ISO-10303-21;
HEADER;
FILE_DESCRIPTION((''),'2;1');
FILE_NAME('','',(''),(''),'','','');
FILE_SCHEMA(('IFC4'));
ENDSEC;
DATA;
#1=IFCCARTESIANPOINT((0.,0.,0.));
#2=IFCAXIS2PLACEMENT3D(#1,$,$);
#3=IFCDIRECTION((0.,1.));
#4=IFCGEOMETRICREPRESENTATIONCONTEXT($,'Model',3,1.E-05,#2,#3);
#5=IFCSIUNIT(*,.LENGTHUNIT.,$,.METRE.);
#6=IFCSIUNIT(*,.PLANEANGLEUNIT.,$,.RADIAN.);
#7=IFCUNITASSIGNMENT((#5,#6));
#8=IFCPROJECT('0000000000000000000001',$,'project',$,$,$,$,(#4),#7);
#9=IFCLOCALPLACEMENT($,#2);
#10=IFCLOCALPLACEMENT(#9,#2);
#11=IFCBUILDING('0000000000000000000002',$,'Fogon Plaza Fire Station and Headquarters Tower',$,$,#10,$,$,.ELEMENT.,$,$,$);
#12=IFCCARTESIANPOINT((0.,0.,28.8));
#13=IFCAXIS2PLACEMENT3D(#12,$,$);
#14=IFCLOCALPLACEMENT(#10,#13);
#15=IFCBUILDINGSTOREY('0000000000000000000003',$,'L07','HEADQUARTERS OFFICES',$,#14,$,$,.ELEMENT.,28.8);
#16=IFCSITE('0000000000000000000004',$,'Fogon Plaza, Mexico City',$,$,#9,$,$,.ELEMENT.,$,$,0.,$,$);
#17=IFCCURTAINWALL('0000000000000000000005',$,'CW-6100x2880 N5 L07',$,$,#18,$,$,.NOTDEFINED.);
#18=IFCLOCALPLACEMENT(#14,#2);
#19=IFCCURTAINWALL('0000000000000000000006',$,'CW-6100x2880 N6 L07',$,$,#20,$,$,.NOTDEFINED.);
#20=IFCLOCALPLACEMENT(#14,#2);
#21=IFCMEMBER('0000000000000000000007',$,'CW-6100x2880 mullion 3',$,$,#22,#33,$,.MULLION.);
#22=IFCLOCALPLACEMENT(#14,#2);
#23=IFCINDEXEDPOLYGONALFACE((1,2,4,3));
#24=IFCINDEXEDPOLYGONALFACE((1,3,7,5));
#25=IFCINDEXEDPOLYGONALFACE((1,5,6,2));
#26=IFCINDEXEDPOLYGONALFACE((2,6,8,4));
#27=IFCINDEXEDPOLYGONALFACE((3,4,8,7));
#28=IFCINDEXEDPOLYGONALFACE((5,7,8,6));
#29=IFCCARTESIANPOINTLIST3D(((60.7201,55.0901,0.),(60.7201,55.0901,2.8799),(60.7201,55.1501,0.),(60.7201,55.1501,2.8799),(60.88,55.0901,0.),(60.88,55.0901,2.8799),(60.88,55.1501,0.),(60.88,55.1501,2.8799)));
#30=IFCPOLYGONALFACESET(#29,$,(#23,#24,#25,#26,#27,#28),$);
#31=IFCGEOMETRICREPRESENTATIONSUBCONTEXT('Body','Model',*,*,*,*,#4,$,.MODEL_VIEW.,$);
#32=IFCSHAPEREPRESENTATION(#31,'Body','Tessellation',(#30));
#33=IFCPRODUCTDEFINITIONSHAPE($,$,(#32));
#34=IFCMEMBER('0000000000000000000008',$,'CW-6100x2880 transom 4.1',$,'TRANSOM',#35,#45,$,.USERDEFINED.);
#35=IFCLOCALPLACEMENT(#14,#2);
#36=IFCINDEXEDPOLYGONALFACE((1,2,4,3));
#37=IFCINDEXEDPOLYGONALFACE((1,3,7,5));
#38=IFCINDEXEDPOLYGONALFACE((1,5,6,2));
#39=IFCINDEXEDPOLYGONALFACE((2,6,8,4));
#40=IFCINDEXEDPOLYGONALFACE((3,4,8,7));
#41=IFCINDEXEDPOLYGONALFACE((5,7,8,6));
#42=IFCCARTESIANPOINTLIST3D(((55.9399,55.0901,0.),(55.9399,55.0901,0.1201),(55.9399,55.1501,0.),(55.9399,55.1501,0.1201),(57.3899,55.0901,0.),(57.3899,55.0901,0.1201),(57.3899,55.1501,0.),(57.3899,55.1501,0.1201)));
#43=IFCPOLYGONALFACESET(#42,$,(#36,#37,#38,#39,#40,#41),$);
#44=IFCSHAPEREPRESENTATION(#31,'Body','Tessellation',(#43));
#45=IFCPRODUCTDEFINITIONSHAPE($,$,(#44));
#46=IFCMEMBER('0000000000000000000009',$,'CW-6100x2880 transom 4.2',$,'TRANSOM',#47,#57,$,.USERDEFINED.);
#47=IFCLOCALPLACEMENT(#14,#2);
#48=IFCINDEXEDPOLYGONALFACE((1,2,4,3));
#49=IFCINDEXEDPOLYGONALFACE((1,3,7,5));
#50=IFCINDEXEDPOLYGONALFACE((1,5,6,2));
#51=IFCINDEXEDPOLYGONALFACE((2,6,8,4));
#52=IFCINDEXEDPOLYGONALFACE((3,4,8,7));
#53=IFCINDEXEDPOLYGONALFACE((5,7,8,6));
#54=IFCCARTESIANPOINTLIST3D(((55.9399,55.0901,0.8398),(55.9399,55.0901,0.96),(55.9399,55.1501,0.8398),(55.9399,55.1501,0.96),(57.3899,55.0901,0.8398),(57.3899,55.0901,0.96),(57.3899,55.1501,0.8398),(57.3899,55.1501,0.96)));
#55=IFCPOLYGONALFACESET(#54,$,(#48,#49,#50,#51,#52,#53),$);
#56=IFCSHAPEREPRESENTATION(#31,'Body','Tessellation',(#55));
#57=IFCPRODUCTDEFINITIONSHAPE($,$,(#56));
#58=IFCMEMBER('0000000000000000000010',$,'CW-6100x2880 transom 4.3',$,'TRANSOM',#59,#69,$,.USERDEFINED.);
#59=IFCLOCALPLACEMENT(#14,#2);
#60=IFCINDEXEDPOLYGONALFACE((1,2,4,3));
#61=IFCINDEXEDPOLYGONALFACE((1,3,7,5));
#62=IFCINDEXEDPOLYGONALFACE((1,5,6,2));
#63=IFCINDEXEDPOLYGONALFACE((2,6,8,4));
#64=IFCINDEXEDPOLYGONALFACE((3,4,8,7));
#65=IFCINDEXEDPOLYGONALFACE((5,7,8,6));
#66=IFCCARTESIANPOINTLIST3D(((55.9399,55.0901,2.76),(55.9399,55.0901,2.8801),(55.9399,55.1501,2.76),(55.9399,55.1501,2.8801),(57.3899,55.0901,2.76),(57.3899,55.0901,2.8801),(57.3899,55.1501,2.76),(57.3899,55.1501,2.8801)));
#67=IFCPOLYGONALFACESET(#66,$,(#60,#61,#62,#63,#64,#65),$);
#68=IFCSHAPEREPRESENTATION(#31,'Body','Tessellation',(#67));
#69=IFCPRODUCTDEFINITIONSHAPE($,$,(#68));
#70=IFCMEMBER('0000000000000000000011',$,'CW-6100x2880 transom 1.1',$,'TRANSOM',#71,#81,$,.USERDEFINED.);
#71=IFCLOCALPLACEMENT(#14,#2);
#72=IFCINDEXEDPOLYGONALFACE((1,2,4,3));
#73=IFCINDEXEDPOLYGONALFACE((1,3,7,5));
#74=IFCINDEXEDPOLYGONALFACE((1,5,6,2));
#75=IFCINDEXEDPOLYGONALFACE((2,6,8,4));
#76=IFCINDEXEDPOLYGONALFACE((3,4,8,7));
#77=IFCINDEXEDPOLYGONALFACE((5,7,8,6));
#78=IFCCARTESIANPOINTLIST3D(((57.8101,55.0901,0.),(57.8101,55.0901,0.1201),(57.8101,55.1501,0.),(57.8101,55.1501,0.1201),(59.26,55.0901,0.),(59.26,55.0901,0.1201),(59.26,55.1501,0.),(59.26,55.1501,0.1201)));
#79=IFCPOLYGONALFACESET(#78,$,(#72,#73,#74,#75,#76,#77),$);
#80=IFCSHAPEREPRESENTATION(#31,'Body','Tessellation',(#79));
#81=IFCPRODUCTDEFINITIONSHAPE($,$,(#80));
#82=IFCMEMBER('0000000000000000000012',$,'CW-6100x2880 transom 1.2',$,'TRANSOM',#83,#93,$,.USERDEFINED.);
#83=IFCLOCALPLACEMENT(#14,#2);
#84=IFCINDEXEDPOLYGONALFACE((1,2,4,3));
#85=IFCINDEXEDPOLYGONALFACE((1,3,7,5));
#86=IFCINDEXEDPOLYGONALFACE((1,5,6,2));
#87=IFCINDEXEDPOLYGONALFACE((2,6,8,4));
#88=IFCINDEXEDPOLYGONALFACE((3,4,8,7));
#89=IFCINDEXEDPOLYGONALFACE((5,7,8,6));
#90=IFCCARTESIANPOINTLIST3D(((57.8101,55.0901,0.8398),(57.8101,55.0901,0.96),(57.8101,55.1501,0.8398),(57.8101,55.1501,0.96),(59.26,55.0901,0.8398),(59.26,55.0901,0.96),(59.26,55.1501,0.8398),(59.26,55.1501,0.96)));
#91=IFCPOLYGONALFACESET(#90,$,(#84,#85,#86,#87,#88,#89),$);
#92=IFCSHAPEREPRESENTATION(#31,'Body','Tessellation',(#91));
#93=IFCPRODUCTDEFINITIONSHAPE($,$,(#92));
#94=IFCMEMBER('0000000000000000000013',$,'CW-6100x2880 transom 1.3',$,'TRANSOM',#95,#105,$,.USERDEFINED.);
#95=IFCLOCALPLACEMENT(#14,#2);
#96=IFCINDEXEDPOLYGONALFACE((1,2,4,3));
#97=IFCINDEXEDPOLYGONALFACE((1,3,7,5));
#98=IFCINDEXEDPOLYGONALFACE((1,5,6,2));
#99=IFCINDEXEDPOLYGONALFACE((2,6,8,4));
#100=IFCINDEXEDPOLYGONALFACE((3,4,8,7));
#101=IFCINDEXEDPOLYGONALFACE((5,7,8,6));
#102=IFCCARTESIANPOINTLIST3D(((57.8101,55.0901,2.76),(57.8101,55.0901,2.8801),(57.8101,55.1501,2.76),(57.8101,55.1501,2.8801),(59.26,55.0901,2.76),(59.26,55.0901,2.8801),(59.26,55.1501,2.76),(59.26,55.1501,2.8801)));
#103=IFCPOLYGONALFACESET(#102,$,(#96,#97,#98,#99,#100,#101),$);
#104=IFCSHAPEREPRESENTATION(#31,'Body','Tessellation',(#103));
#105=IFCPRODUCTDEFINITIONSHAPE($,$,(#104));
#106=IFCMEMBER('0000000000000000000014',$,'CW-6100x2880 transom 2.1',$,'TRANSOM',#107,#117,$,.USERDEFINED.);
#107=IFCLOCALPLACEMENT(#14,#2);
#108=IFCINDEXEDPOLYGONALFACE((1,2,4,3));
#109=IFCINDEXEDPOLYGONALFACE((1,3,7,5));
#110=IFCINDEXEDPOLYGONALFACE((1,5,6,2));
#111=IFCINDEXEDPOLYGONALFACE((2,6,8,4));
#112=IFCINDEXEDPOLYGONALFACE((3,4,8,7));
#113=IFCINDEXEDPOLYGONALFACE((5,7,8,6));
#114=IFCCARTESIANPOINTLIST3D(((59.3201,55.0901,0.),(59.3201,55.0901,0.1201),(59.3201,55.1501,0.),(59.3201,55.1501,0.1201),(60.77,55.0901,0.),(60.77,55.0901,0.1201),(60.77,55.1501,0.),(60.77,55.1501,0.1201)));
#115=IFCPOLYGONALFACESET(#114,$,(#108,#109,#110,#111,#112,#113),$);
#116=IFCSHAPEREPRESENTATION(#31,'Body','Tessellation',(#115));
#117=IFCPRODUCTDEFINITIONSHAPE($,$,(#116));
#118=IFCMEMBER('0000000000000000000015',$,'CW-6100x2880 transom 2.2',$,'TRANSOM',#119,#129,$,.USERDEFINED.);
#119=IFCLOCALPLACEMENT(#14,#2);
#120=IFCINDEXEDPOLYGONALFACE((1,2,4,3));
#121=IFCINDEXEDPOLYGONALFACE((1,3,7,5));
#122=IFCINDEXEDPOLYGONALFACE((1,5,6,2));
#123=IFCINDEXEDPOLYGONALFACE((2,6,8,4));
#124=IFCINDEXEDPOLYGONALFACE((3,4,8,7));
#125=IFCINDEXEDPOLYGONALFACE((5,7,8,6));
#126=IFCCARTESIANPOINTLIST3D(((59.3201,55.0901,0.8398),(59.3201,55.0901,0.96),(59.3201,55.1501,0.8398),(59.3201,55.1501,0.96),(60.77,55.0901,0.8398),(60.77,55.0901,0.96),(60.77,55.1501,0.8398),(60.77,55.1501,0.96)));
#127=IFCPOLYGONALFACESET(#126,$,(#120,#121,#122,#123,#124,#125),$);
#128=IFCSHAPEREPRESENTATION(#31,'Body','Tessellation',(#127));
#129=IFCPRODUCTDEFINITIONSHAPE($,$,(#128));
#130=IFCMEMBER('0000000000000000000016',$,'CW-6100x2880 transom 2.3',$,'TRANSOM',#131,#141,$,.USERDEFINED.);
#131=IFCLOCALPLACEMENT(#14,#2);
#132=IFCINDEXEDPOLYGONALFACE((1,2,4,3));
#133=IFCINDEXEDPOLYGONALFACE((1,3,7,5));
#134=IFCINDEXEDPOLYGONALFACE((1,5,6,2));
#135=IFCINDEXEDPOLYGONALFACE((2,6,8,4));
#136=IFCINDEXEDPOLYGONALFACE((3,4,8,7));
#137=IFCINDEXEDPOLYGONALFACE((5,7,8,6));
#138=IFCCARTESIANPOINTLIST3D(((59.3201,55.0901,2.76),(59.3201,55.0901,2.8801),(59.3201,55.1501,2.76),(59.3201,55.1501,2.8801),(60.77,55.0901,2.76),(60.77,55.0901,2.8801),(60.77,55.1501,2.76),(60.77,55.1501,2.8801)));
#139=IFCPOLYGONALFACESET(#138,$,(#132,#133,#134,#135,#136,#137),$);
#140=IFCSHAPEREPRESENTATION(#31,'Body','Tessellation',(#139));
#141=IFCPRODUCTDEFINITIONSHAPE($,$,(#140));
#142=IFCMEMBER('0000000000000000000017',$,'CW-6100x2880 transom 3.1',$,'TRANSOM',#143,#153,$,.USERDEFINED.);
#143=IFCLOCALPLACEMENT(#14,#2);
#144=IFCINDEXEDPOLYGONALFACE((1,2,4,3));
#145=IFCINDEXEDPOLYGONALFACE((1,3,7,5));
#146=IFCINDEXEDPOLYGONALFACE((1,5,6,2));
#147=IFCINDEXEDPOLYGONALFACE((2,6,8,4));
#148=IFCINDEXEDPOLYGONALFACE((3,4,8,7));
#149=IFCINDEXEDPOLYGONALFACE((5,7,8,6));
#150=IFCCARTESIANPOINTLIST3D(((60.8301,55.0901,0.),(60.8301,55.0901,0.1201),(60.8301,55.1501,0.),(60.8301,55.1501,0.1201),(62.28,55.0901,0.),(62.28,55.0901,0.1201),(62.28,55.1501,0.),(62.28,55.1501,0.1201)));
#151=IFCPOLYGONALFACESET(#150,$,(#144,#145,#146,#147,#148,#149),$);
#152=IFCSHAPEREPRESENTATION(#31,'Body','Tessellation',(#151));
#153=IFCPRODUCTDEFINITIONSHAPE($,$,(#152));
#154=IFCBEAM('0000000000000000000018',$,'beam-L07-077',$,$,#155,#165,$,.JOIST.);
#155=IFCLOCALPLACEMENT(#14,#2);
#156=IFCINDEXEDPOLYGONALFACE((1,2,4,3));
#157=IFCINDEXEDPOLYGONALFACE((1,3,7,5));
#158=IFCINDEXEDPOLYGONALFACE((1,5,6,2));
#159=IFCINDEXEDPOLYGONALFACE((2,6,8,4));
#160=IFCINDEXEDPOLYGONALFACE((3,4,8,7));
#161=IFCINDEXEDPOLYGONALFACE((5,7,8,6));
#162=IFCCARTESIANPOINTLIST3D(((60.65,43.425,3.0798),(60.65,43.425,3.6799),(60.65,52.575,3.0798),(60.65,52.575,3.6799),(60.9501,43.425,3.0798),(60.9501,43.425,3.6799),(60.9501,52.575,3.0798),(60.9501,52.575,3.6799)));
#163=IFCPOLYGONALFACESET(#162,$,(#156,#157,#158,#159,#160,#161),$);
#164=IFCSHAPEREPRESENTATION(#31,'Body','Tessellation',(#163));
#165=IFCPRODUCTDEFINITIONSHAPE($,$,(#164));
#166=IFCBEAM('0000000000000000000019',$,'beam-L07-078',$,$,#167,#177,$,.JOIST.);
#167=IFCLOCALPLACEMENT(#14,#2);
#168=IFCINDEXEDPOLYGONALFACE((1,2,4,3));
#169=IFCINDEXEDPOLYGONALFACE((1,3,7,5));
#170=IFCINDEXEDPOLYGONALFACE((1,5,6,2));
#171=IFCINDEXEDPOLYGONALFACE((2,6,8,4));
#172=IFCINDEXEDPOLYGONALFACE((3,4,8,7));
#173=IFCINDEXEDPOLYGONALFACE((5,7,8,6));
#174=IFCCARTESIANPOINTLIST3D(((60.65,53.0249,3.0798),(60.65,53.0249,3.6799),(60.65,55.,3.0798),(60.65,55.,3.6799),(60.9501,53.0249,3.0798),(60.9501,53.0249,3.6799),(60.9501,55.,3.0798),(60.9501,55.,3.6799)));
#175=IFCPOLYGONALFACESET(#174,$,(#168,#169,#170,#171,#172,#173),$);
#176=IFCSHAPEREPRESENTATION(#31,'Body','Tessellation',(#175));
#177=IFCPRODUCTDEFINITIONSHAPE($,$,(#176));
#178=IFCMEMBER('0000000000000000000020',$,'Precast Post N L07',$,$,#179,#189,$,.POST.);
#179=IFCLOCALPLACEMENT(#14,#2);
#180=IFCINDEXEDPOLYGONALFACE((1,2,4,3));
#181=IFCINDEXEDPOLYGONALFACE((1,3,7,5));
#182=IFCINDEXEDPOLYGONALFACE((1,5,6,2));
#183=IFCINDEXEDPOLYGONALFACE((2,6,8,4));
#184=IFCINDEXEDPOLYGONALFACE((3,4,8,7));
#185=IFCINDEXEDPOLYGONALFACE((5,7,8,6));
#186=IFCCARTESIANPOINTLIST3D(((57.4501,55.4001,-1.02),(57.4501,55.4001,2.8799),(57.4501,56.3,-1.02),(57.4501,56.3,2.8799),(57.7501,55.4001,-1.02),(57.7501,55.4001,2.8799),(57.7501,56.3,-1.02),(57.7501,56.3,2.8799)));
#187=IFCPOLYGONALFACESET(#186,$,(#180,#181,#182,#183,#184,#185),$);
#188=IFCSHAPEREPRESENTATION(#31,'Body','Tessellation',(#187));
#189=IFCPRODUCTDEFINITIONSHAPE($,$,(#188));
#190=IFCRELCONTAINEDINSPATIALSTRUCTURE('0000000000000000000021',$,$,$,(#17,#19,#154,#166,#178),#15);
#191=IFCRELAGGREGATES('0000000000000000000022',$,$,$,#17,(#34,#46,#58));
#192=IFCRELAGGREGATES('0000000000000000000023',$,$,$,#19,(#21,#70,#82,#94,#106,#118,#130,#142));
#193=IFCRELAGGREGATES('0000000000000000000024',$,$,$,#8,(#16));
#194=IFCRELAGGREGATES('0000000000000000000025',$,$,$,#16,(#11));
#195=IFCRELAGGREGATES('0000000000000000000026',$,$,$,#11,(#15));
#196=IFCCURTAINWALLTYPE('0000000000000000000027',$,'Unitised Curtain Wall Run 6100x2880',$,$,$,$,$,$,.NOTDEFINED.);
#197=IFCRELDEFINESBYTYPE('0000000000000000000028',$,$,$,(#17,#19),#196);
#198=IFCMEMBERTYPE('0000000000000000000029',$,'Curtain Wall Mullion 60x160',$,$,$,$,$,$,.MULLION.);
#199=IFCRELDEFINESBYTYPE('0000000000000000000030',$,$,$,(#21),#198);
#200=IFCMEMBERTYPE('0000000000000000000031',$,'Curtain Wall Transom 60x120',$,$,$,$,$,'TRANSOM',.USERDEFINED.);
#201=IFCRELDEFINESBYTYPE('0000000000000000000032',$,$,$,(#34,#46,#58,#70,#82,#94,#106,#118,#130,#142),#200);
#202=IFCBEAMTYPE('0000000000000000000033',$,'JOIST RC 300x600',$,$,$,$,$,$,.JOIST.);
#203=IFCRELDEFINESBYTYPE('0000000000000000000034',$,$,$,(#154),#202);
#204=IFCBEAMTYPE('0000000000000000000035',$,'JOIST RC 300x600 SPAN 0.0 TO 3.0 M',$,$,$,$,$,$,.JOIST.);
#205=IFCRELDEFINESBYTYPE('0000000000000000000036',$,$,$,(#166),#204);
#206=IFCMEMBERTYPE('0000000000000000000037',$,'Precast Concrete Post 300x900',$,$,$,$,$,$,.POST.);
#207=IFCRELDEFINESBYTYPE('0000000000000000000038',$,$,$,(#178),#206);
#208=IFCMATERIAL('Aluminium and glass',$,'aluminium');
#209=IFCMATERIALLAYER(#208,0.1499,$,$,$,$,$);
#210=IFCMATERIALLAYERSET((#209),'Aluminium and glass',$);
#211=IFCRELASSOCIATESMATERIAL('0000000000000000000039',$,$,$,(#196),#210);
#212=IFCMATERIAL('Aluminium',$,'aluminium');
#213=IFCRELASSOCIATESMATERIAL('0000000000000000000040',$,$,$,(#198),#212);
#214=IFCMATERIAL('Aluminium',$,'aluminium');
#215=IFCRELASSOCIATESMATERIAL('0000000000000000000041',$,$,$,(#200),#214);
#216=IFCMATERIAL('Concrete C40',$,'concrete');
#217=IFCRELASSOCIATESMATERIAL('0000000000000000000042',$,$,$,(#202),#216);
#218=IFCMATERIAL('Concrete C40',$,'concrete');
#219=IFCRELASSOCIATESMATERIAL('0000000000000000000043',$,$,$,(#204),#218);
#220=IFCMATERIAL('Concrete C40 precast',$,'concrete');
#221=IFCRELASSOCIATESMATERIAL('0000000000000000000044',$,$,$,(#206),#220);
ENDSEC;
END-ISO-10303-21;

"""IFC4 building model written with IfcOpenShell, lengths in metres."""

from ifc_helpers import new_model, si_unit, direction, frame, origin, origin_2d, place, context, subcontext, project, spatial, rectangle, extrude, material, layer, layer_set, material_profile, profile_set, type_object, element, aggregate, save


model = new_model("IFC4")

# Units and contexts
model_context = context("Model", 3, precision=1e-05, world=origin(), true_north=direction((0.0, 1.0)))
body_context = subcontext(model_context, "Body", "Model", "MODEL_VIEW")
ifc_project = project(units=[si_unit("LENGTHUNIT", "METRE"), si_unit("PLANEANGLEUNIT", "RADIAN")], contexts=[model_context])

# Site, building, storey
site_placement = place(None, origin())
site = spatial("IfcSite", under=ifc_project, at=site_placement, Name="Fogon Plaza, Mexico City", CompositionType="ELEMENT", RefElevation=0.0)
building_placement = place(site_placement, origin())
building = spatial("IfcBuilding", under=site, at=building_placement, Name="Fogon Plaza Fire Station and Headquarters Tower", CompositionType="ELEMENT")
storey_placement = place(building_placement, frame((0.0, 0.0, 28.8)))
storey = spatial("IfcBuildingStorey", under=building, at=storey_placement, Name="L07", Description="HEADQUARTERS OFFICES", CompositionType="ELEMENT", Elevation=28.8)

# Curtain walls, member
ifc_material_1 = material(Name="Aluminium and glass", Category="aluminium")
ifc_layer_1 = layer(ifc_material_1, 0.1499)
ifc_layer_set_1 = layer_set([ifc_layer_1], Name="Aluminium and glass")
curtain_wall_type = type_object("IfcCurtainWallType", Name="Unitised Curtain Wall Run 6100x2880", PredefinedType="NOTDEFINED", material=ifc_layer_set_1)
curtain_wall_1_placement = place(storey_placement, origin())
curtain_wall_1 = element("IfcCurtainWall", 1, at=curtain_wall_1_placement, inside=storey, type_object=curtain_wall_type, Name="CW-6100x2880 N5 L07", PredefinedType="NOTDEFINED")
ifc_material_2 = material(Name="Aluminium", Category="aluminium")
ifc_material_profile_1 = material_profile(ifc_material_2, rectangle(XDim=0.0601, YDim=0.1599, at=origin_2d()), Name="Curtain Wall Mullion 60x160")
ifc_profile_set_1 = profile_set([ifc_material_profile_1], Name="Aluminium")
member_type_1 = type_object("IfcMemberType", Name="Curtain Wall Mullion 60x160", PredefinedType="MULLION", material=ifc_profile_set_1)
curtain_wall_2_placement = place(storey_placement, origin())
curtain_wall_2 = element("IfcCurtainWall", 2, at=curtain_wall_2_placement, inside=storey, type_object=curtain_wall_type, Name="CW-6100x2880 N6 L07", PredefinedType="NOTDEFINED")
member_1_placement = place(storey_placement, frame((60.8, 55.1201, 0.0), z_axis=(0.0, 0.0, 1.0), x_axis=(0.0, 1.0, 0.0)))
member_1 = element("IfcMember", 3, at=member_1_placement, type_object=member_type_1, Name="CW-6100x2880 mullion 3", PredefinedType="MULLION", context=body_context, shape_type="SweptSolid", body=[
    extrude(rectangle(XDim=0.0601, YDim=0.1599, at=origin_2d()), origin(), (0.0, 0.0, 1.0), 2.8799),
])

# Members
ifc_material_3 = material(Name="Aluminium", Category="aluminium")
ifc_material_profile_2 = material_profile(ifc_material_3, rectangle(XDim=0.0601, YDim=0.1201, at=origin_2d()), Name="Curtain Wall Transom 60x120")
ifc_profile_set_2 = profile_set([ifc_material_profile_2], Name="Aluminium")
member_type_2 = type_object("IfcMemberType", Name="Curtain Wall Transom 60x120", ElementType="TRANSOM", PredefinedType="USERDEFINED", material=ifc_profile_set_2)
member_2_placement = place(storey_placement, frame((55.9399, 55.1201, 0.0601), z_axis=(1.0, 0.0, 0.0), x_axis=(0.0, 1.0, 0.0)))
member_2 = element("IfcMember", 4, at=member_2_placement, type_object=member_type_2, Name="CW-6100x2880 transom 4.1", ObjectType="TRANSOM", PredefinedType="USERDEFINED", context=body_context, shape_type="SweptSolid", body=[
    extrude(rectangle(XDim=0.0601, YDim=0.1201, at=origin_2d()), origin(), (0.0, 0.0, 1.0), 1.45),
])
member_3_placement = place(storey_placement, frame((55.9399, 55.1201, 0.8999), z_axis=(1.0, 0.0, 0.0), x_axis=(0.0, 1.0, 0.0)))
member_3 = element("IfcMember", 5, at=member_3_placement, type_object=member_type_2, Name="CW-6100x2880 transom 4.2", ObjectType="TRANSOM", PredefinedType="USERDEFINED", context=body_context, shape_type="SweptSolid", body=[
    extrude(rectangle(XDim=0.0601, YDim=0.1201, at=origin_2d()), origin(), (0.0, 0.0, 1.0), 1.45),
])
member_4_placement = place(storey_placement, frame((55.9399, 55.1201, 2.8201), z_axis=(1.0, 0.0, 0.0), x_axis=(0.0, 1.0, 0.0)))
member_4 = element("IfcMember", 6, at=member_4_placement, type_object=member_type_2, Name="CW-6100x2880 transom 4.3", ObjectType="TRANSOM", PredefinedType="USERDEFINED", context=body_context, shape_type="SweptSolid", body=[
    extrude(rectangle(XDim=0.0601, YDim=0.1201, at=origin_2d()), origin(), (0.0, 0.0, 1.0), 1.45),
])
member_5_placement = place(storey_placement, frame((57.8101, 55.1201, 0.0601), z_axis=(1.0, 0.0, 0.0), x_axis=(0.0, 1.0, 0.0)))
member_5 = element("IfcMember", 7, at=member_5_placement, type_object=member_type_2, Name="CW-6100x2880 transom 1.1", ObjectType="TRANSOM", PredefinedType="USERDEFINED", context=body_context, shape_type="SweptSolid", body=[
    extrude(rectangle(XDim=0.0601, YDim=0.1201, at=origin_2d()), origin(), (0.0, 0.0, 1.0), 1.45),
])
member_6_placement = place(storey_placement, frame((57.8101, 55.1201, 0.8999), z_axis=(1.0, 0.0, 0.0), x_axis=(0.0, 1.0, 0.0)))
member_6 = element("IfcMember", 8, at=member_6_placement, type_object=member_type_2, Name="CW-6100x2880 transom 1.2", ObjectType="TRANSOM", PredefinedType="USERDEFINED", context=body_context, shape_type="SweptSolid", body=[
    extrude(rectangle(XDim=0.0601, YDim=0.1201, at=origin_2d()), origin(), (0.0, 0.0, 1.0), 1.45),
])
member_7_placement = place(storey_placement, frame((57.8101, 55.1201, 2.8201), z_axis=(1.0, 0.0, 0.0), x_axis=(0.0, 1.0, 0.0)))
member_7 = element("IfcMember", 9, at=member_7_placement, type_object=member_type_2, Name="CW-6100x2880 transom 1.3", ObjectType="TRANSOM", PredefinedType="USERDEFINED", context=body_context, shape_type="SweptSolid", body=[
    extrude(rectangle(XDim=0.0601, YDim=0.1201, at=origin_2d()), origin(), (0.0, 0.0, 1.0), 1.45),
])
member_8_placement = place(storey_placement, frame((59.3201, 55.1201, 0.0601), z_axis=(1.0, 0.0, 0.0), x_axis=(0.0, 1.0, 0.0)))
member_8 = element("IfcMember", 10, at=member_8_placement, type_object=member_type_2, Name="CW-6100x2880 transom 2.1", ObjectType="TRANSOM", PredefinedType="USERDEFINED", context=body_context, shape_type="SweptSolid", body=[
    extrude(rectangle(XDim=0.0601, YDim=0.1201, at=origin_2d()), origin(), (0.0, 0.0, 1.0), 1.45),
])
member_9_placement = place(storey_placement, frame((59.3201, 55.1201, 0.8999), z_axis=(1.0, 0.0, 0.0), x_axis=(0.0, 1.0, 0.0)))
member_9 = element("IfcMember", 11, at=member_9_placement, type_object=member_type_2, Name="CW-6100x2880 transom 2.2", ObjectType="TRANSOM", PredefinedType="USERDEFINED", context=body_context, shape_type="SweptSolid", body=[
    extrude(rectangle(XDim=0.0601, YDim=0.1201, at=origin_2d()), origin(), (0.0, 0.0, 1.0), 1.45),
])
member_10_placement = place(storey_placement, frame((59.3201, 55.1201, 2.8201), z_axis=(1.0, 0.0, 0.0), x_axis=(0.0, 1.0, 0.0)))
member_10 = element("IfcMember", 12, at=member_10_placement, type_object=member_type_2, Name="CW-6100x2880 transom 2.3", ObjectType="TRANSOM", PredefinedType="USERDEFINED", context=body_context, shape_type="SweptSolid", body=[
    extrude(rectangle(XDim=0.0601, YDim=0.1201, at=origin_2d()), origin(), (0.0, 0.0, 1.0), 1.45),
])
member_11_placement = place(storey_placement, frame((60.8301, 55.1201, 0.0601), z_axis=(1.0, 0.0, 0.0), x_axis=(0.0, 1.0, 0.0)))
member_11 = element("IfcMember", 13, at=member_11_placement, type_object=member_type_2, Name="CW-6100x2880 transom 3.1", ObjectType="TRANSOM", PredefinedType="USERDEFINED", context=body_context, shape_type="SweptSolid", body=[
    extrude(rectangle(XDim=0.0601, YDim=0.1201, at=origin_2d()), origin(), (0.0, 0.0, 1.0), 1.45),
])

# Beams
ifc_material_4 = material(Name="Concrete C40", Category="concrete")
ifc_material_profile_3 = material_profile(ifc_material_4, rectangle(XDim=0.3, YDim=0.6001, at=origin_2d()), Name="RC 300x600")
ifc_profile_set_3 = profile_set([ifc_material_profile_3], Name="Concrete C40")
beam_type_1 = type_object("IfcBeamType", Name="JOIST RC 300x600", PredefinedType="JOIST", material=ifc_profile_set_3)
beam_1_placement = place(storey_placement, frame((60.8, 43.425, 3.3799), z_axis=(0.0, 1.0, 0.0), x_axis=(-1.0, 0.0, 0.0)))
element("IfcBeam", 14, at=beam_1_placement, inside=storey, type_object=beam_type_1, Name="beam-L07-077", PredefinedType="JOIST", context=body_context, shape_type="SweptSolid", body=[
    extrude(rectangle(XDim=0.3, YDim=0.6001, at=origin_2d()), origin(), (0.0, 0.0, 1.0), 9.1499),
])
ifc_material_5 = material(Name="Concrete C40", Category="concrete")
ifc_material_profile_4 = material_profile(ifc_material_5, rectangle(XDim=0.3, YDim=0.6001, at=origin_2d()), Name="RC 300x600")
ifc_profile_set_4 = profile_set([ifc_material_profile_4], Name="Concrete C40")
beam_type_2 = type_object("IfcBeamType", Name="JOIST RC 300x600 SPAN 0.0 TO 3.0 M", PredefinedType="JOIST", material=ifc_profile_set_4)
beam_2_placement = place(storey_placement, frame((60.8, 53.0249, 3.3799), z_axis=(0.0, 1.0, 0.0), x_axis=(-1.0, 0.0, 0.0)))
element("IfcBeam", 15, at=beam_2_placement, inside=storey, type_object=beam_type_2, Name="beam-L07-078", PredefinedType="JOIST", context=body_context, shape_type="SweptSolid", body=[
    extrude(rectangle(XDim=0.3, YDim=0.6001, at=origin_2d()), origin(), (0.0, 0.0, 1.0), 1.9751),
])

# Member
ifc_material_6 = material(Name="Concrete C40 precast", Category="concrete")
ifc_material_profile_5 = material_profile(ifc_material_6, rectangle(XDim=0.3, YDim=0.8999, at=origin_2d()), Name="Precast Concrete Post 300x900")
ifc_profile_set_5 = profile_set([ifc_material_profile_5], Name="Concrete C40 precast")
member_type_3 = type_object("IfcMemberType", Name="Precast Concrete Post 300x900", PredefinedType="POST", material=ifc_profile_set_5)
member_12_placement = place(storey_placement, frame((57.6001, 55.8501, -1.02), z_axis=(0.0, 0.0, 1.0), x_axis=(1.0, 0.0, 0.0)))
element("IfcMember", 16, at=member_12_placement, inside=storey, type_object=member_type_3, Name="Precast Post N L07", PredefinedType="POST", context=body_context, shape_type="SweptSolid", body=[
    extrude(rectangle(XDim=0.3, YDim=0.8999, at=origin_2d()), origin(), (0.0, 0.0, 1.0), 3.8999),
])

aggregate(curtain_wall_1, [member_2, member_3, member_4])
aggregate(curtain_wall_2, [member_1, member_5, member_6, member_7, member_8, member_9, member_10, member_11])

save(model, "model.ifc")
